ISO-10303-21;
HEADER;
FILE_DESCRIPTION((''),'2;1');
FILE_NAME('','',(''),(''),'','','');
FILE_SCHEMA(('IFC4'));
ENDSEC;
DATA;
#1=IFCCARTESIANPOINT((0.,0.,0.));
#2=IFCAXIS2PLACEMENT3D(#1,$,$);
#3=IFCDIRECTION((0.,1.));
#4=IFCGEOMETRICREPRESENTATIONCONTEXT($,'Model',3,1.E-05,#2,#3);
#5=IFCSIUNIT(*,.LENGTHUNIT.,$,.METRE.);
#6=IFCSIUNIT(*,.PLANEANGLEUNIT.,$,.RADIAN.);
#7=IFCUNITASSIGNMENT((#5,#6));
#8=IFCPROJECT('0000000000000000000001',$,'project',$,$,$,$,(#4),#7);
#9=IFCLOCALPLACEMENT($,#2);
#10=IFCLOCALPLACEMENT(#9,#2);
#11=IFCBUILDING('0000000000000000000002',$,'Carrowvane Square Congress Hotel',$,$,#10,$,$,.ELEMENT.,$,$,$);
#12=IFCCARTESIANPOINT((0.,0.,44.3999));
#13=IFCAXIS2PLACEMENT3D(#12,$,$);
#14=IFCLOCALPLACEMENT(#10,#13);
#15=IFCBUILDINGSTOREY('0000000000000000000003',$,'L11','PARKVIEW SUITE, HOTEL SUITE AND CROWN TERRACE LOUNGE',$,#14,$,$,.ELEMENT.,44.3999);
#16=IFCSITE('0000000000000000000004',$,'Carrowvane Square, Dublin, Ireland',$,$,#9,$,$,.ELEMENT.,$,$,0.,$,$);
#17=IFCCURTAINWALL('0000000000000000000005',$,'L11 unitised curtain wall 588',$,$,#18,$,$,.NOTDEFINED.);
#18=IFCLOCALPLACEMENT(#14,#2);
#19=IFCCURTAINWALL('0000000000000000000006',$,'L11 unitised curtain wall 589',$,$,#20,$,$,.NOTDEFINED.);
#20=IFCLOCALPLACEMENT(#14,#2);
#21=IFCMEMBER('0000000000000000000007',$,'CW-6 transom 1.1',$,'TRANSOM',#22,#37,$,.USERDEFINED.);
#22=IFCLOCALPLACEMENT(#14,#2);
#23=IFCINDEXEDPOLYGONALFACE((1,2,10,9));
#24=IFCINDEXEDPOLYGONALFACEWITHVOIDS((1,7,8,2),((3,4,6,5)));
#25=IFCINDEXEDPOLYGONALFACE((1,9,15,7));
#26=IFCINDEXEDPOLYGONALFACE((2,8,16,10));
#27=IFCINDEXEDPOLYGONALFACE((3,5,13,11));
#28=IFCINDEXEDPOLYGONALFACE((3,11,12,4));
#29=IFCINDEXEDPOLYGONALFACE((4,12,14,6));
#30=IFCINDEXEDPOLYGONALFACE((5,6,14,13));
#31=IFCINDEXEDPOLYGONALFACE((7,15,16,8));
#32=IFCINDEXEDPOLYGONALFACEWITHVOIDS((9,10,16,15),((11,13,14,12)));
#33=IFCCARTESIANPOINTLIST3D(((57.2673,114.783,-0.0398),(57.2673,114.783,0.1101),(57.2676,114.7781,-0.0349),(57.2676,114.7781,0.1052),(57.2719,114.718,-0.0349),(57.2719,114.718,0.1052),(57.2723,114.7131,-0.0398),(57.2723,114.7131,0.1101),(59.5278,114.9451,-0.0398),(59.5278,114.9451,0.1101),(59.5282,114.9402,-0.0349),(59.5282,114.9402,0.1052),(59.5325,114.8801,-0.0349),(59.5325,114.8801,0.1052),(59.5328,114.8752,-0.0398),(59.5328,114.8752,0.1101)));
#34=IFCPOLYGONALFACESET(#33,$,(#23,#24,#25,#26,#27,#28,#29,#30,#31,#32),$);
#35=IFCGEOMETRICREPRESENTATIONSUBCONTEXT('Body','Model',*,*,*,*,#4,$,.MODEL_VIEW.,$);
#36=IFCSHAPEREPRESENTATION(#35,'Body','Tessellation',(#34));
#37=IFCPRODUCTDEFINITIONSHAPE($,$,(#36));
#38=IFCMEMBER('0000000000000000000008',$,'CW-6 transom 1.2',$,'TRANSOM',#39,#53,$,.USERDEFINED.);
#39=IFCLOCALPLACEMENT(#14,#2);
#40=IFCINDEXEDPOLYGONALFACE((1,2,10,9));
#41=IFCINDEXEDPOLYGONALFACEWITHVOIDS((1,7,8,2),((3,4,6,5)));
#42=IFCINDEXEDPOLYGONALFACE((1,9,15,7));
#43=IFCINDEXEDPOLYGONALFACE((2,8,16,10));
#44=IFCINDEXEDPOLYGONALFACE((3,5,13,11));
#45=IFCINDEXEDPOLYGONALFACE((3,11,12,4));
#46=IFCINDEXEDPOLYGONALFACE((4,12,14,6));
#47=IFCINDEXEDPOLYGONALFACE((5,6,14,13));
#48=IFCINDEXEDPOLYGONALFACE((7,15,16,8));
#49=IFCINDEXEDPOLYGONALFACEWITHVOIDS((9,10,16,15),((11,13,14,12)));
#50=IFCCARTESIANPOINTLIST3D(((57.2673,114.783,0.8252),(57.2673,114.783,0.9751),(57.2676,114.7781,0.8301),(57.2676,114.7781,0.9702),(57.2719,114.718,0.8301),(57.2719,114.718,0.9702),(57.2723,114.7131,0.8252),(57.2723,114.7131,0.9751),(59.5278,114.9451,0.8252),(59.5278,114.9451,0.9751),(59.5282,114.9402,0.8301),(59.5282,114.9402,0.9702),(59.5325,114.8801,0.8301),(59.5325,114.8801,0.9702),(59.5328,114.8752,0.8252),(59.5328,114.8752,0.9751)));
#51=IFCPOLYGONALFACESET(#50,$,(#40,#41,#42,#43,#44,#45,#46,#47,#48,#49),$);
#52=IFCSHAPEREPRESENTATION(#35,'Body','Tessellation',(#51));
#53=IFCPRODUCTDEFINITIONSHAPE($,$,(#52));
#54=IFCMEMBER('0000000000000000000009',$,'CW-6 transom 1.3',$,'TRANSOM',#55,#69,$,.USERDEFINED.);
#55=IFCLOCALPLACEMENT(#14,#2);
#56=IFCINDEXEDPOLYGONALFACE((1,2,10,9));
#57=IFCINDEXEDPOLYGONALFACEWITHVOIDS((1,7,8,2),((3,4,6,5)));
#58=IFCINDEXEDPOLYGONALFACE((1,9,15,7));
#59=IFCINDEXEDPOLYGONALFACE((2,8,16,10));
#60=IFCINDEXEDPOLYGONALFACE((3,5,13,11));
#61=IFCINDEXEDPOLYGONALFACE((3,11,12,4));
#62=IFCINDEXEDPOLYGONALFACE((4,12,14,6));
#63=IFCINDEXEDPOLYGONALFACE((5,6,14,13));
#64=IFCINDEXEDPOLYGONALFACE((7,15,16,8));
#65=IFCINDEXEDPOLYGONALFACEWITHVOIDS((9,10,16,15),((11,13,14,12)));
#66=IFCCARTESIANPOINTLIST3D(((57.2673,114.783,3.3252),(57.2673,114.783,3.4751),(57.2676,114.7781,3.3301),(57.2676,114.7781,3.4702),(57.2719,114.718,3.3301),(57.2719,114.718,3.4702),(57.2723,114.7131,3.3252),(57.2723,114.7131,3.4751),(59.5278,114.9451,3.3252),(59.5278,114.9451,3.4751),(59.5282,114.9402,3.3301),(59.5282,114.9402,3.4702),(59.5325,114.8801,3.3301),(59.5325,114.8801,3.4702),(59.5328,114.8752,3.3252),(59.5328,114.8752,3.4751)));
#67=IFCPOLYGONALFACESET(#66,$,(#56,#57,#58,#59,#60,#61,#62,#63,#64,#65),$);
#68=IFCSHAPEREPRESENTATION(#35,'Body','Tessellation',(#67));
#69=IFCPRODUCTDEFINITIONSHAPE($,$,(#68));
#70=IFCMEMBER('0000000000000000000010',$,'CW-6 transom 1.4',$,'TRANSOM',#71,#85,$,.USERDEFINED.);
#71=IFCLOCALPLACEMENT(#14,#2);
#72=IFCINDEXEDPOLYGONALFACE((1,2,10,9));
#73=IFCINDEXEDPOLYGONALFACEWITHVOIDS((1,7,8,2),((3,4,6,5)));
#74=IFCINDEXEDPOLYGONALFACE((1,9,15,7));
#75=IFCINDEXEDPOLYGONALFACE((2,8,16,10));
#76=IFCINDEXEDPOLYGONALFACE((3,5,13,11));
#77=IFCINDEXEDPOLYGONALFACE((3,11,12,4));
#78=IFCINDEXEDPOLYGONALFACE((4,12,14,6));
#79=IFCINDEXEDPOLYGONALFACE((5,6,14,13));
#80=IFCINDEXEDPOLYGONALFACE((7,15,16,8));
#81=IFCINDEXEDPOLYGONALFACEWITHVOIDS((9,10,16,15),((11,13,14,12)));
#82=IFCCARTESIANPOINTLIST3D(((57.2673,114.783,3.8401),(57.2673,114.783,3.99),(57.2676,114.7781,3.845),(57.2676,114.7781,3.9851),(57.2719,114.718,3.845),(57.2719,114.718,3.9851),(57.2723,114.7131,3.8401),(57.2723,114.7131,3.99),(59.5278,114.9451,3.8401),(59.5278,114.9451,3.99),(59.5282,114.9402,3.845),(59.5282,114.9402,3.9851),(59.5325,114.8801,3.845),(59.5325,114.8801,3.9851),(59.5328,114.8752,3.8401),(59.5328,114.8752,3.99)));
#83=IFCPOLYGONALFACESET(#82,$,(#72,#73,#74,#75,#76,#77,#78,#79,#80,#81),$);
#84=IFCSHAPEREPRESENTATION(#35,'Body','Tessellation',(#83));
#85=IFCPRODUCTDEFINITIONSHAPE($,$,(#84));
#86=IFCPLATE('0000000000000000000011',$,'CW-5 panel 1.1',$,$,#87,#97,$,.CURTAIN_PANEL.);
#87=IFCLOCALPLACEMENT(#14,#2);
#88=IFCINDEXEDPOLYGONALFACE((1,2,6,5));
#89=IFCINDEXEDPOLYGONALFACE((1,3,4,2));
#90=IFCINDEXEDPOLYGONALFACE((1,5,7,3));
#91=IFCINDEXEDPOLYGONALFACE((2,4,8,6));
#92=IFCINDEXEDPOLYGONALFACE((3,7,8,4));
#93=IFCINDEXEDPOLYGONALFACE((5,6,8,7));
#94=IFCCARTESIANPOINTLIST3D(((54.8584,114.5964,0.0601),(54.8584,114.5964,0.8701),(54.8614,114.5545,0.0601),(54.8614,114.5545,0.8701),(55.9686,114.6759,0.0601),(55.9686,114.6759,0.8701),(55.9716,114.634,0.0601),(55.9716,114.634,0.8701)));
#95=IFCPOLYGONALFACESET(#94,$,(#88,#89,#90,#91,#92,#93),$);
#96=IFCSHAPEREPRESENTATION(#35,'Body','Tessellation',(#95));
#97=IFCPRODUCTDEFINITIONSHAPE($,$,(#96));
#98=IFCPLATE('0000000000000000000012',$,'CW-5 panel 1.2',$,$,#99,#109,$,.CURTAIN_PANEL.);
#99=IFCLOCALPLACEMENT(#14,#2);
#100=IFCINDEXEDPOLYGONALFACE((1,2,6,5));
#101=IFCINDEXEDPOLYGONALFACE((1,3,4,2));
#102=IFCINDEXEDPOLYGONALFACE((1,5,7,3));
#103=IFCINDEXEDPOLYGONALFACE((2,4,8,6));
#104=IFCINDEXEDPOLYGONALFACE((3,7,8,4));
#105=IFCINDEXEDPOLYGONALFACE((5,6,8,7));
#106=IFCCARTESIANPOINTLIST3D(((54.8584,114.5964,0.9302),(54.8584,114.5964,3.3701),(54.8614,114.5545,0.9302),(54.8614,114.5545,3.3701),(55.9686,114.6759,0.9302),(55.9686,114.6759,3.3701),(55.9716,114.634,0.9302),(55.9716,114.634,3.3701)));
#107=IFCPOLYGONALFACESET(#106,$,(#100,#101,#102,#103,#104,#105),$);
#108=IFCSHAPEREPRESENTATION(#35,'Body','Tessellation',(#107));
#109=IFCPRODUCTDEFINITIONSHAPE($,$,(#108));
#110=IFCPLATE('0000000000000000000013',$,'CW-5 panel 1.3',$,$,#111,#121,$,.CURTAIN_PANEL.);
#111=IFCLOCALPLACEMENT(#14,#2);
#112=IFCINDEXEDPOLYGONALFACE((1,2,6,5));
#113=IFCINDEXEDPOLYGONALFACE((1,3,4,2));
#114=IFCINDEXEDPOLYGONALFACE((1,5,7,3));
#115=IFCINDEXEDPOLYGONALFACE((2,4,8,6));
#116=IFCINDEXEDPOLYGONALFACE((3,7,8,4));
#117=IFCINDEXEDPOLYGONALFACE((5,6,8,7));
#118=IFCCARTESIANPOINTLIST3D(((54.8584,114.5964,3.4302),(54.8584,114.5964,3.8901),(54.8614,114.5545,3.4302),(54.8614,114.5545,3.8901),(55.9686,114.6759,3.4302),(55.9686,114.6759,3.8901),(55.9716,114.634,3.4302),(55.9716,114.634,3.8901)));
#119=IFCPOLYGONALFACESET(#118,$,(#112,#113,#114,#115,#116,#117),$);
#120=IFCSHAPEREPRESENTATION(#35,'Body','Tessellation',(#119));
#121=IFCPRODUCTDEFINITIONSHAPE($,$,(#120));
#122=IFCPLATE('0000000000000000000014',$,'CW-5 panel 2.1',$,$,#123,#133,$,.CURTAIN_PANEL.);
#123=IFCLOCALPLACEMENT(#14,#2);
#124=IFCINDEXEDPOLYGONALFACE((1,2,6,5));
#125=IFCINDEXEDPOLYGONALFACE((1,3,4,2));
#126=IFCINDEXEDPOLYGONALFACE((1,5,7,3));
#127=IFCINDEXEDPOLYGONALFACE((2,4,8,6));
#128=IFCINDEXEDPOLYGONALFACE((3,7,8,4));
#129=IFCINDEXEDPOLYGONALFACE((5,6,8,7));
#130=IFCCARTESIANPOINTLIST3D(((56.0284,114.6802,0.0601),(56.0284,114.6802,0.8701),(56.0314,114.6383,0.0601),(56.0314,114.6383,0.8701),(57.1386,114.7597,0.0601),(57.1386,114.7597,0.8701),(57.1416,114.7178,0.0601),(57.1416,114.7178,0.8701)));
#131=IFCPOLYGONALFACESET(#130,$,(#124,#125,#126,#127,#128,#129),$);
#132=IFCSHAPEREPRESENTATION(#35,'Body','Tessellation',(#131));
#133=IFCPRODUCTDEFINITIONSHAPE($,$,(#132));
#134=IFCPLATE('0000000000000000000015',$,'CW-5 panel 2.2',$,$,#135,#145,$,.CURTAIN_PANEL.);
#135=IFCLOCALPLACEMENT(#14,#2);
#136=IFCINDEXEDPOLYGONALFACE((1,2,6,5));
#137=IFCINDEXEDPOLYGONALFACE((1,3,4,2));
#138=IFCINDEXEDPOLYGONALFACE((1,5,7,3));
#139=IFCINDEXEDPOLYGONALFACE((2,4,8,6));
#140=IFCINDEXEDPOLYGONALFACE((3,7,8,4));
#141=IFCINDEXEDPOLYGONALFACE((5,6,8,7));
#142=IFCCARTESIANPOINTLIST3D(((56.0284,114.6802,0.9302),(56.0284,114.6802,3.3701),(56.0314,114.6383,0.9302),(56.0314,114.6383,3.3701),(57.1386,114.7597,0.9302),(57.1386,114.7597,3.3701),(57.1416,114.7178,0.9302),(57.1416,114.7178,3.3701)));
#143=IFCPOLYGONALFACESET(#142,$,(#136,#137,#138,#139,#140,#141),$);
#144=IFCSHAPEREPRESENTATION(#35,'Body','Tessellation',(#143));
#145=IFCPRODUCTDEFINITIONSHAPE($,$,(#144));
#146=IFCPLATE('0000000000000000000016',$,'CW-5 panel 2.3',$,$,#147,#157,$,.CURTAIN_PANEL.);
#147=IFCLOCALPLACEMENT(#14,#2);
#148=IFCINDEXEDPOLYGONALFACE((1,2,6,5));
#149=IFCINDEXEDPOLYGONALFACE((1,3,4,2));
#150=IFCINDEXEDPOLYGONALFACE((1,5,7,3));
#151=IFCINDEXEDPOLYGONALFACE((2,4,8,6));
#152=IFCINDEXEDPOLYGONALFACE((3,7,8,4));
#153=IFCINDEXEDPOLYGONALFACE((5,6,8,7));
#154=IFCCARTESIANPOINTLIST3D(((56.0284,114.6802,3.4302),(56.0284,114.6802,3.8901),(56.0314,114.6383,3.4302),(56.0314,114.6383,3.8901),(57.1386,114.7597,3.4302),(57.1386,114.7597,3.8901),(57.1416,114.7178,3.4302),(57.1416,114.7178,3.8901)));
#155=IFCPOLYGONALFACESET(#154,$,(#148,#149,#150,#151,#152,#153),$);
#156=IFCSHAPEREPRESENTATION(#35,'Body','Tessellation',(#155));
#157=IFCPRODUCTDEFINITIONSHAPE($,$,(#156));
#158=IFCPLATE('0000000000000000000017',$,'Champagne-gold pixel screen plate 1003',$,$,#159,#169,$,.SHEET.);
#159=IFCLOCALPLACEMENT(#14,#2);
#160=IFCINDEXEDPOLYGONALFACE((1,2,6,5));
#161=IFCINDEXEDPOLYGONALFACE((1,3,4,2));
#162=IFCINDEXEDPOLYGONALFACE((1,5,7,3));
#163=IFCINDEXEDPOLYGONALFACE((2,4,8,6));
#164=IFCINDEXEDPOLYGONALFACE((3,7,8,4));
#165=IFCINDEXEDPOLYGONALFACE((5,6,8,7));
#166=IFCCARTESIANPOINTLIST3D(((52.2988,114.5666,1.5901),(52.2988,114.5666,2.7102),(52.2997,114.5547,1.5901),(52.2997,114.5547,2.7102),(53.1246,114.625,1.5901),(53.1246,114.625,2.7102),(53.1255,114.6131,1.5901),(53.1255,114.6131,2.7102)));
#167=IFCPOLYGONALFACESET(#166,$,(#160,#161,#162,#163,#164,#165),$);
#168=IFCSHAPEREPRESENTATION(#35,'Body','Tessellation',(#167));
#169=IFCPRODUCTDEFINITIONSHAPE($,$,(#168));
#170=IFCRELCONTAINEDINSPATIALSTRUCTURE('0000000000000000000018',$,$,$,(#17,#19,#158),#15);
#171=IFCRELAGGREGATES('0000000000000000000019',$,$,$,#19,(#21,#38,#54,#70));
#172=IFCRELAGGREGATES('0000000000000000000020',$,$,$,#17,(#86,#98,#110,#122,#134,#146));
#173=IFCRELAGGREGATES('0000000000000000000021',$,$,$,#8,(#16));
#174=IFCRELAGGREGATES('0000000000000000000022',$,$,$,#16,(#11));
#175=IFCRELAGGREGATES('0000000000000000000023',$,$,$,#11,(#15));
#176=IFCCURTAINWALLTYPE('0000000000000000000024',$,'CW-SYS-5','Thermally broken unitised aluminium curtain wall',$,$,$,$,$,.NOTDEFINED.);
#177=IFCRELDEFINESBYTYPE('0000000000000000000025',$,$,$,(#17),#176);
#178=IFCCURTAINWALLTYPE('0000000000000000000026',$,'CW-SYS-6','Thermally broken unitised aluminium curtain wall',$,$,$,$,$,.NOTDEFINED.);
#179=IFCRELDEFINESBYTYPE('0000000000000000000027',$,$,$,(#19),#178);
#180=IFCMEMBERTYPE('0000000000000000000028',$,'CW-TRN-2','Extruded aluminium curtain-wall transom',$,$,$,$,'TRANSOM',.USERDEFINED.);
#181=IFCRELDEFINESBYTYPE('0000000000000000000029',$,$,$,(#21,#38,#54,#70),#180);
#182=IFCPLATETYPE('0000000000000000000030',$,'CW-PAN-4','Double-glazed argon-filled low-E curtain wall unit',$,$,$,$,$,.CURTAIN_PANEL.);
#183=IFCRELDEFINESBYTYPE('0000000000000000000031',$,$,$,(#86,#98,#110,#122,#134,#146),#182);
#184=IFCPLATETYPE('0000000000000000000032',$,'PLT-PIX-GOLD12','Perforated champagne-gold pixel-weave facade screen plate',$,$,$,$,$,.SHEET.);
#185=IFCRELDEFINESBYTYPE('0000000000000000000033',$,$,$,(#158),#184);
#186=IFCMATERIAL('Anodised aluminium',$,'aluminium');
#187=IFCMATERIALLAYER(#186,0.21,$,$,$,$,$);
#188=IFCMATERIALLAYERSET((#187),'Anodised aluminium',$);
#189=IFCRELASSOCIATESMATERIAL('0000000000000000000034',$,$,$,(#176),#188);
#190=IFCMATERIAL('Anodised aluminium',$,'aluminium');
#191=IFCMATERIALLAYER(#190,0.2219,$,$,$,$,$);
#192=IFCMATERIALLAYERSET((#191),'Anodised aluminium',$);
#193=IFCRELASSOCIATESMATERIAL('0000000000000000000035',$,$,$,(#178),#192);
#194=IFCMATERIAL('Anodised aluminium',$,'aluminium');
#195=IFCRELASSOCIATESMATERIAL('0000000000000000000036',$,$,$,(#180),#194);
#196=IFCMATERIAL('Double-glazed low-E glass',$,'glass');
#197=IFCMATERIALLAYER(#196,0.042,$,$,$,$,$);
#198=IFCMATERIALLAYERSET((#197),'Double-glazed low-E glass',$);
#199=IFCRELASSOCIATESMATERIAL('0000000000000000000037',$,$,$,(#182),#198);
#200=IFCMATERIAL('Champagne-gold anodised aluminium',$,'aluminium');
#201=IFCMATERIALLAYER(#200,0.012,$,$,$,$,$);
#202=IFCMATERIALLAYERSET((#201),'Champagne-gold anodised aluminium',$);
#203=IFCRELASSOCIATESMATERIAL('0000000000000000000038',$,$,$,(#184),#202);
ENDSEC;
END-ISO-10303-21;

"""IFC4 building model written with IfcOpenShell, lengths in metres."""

from ifc_helpers import new_model, si_unit, direction, frame, origin, origin_2d, place, context, subcontext, project, spatial, rectangle, hollow_rectangle, extrude, material, layer, layer_set, material_profile, profile_set, type_object, element, aggregate, save


model = new_model("IFC4")

# Units and contexts
model_context = context("Model", 3, precision=1e-05, world=origin(), true_north=direction((0.0, 1.0)))
body_context = subcontext(model_context, "Body", "Model", "MODEL_VIEW")
ifc_project = project(units=[si_unit("LENGTHUNIT", "METRE"), si_unit("PLANEANGLEUNIT", "RADIAN")], contexts=[model_context])

# Site, building, storey
site_placement = place(None, origin())
site = spatial("IfcSite", under=ifc_project, at=site_placement, Name="Carrowvane Square, Dublin, Ireland", CompositionType="ELEMENT", RefElevation=0.0)
building_placement = place(site_placement, origin())
building = spatial("IfcBuilding", under=site, at=building_placement, Name="Carrowvane Square Congress Hotel", CompositionType="ELEMENT")
storey_placement = place(building_placement, frame((0.0, 0.0, 44.3999)))
storey = spatial("IfcBuildingStorey", under=building, at=storey_placement, Name="L11", Description="PARKVIEW SUITE, HOTEL SUITE AND CROWN TERRACE LOUNGE", CompositionType="ELEMENT", Elevation=44.3999)

# Curtain wall
ifc_material_1 = material(Name="Anodised aluminium", Category="aluminium")
ifc_layer_1 = layer(ifc_material_1, 0.21)
ifc_layer_set_1 = layer_set([ifc_layer_1], Name="Anodised aluminium")
curtain_wall_type_1 = type_object("IfcCurtainWallType", Name="CW-SYS-5", Description="Thermally broken unitised aluminium curtain wall", PredefinedType="NOTDEFINED", material=ifc_layer_set_1)
curtain_wall_1_placement = place(storey_placement, origin())
curtain_wall_1 = element("IfcCurtainWall", 1, at=curtain_wall_1_placement, inside=storey, type_object=curtain_wall_type_1, Name="L11 unitised curtain wall 588", PredefinedType="NOTDEFINED")

# Curtain wall
ifc_material_2 = material(Name="Anodised aluminium", Category="aluminium")
ifc_layer_2 = layer(ifc_material_2, 0.2219)
ifc_layer_set_2 = layer_set([ifc_layer_2], Name="Anodised aluminium")
curtain_wall_type_2 = type_object("IfcCurtainWallType", Name="CW-SYS-6", Description="Thermally broken unitised aluminium curtain wall", PredefinedType="NOTDEFINED", material=ifc_layer_set_2)
curtain_wall_2_placement = place(storey_placement, origin())
curtain_wall_2 = element("IfcCurtainWall", 2, at=curtain_wall_2_placement, inside=storey, type_object=curtain_wall_type_2, Name="L11 unitised curtain wall 589", PredefinedType="NOTDEFINED")

# Members
ifc_material_3 = material(Name="Anodised aluminium", Category="aluminium")
ifc_material_profile_1 = material_profile(ifc_material_3, hollow_rectangle(XDim=0.0701, YDim=0.1499, WallThickness=0.0049, at=origin_2d()), Name="CW-TR 70x150x5")
ifc_profile_set_1 = profile_set([ifc_material_profile_1], Name="Anodised aluminium")
member_type_1 = type_object("IfcMemberType", Name="CW-TRN-2", Description="Extruded aluminium curtain-wall transom", ElementType="TRANSOM", PredefinedType="USERDEFINED", material=ifc_profile_set_1)
member_1_placement = place(storey_placement, frame((57.2698, 114.748, 0.0352), z_axis=(0.997438, 0.07153, 0.0), x_axis=(-0.07153, 0.997438, 0.0)))
member_1 = element("IfcMember", 3, at=member_1_placement, type_object=member_type_1, Name="CW-6 transom 1.1", ObjectType="TRANSOM", PredefinedType="USERDEFINED", context=body_context, shape_type="SweptSolid", body=[
    extrude(hollow_rectangle(XDim=0.0701, YDim=0.1499, WallThickness=0.0049, at=origin_2d()), origin(), (0.0, 0.0, 1.0), 2.2664),
])
member_2_placement = place(storey_placement, frame((57.2698, 114.748, 0.9001), z_axis=(0.997438, 0.07153, 0.0), x_axis=(-0.07153, 0.997438, 0.0)))
member_2 = element("IfcMember", 4, at=member_2_placement, type_object=member_type_1, Name="CW-6 transom 1.2", ObjectType="TRANSOM", PredefinedType="USERDEFINED", context=body_context, shape_type="SweptSolid", body=[
    extrude(hollow_rectangle(XDim=0.0701, YDim=0.1499, WallThickness=0.0049, at=origin_2d()), origin(), (0.0, 0.0, 1.0), 2.2664),
])
member_3_placement = place(storey_placement, frame((57.2698, 114.748, 3.4001), z_axis=(0.997438, 0.07153, 0.0), x_axis=(-0.07153, 0.997438, 0.0)))
member_3 = element("IfcMember", 5, at=member_3_placement, type_object=member_type_1, Name="CW-6 transom 1.3", ObjectType="TRANSOM", PredefinedType="USERDEFINED", context=body_context, shape_type="SweptSolid", body=[
    extrude(hollow_rectangle(XDim=0.0701, YDim=0.1499, WallThickness=0.0049, at=origin_2d()), origin(), (0.0, 0.0, 1.0), 2.2664),
])
member_4_placement = place(storey_placement, frame((57.2698, 114.748, 3.915), z_axis=(0.997438, 0.07153, 0.0), x_axis=(-0.07153, 0.997438, 0.0)))
member_4 = element("IfcMember", 6, at=member_4_placement, type_object=member_type_1, Name="CW-6 transom 1.4", ObjectType="TRANSOM", PredefinedType="USERDEFINED", context=body_context, shape_type="SweptSolid", body=[
    extrude(hollow_rectangle(XDim=0.0701, YDim=0.1499, WallThickness=0.0049, at=origin_2d()), origin(), (0.0, 0.0, 1.0), 2.2664),
])
aggregate(curtain_wall_2, [member_1, member_2, member_3, member_4])

# Plates
ifc_material_4 = material(Name="Double-glazed low-E glass", Category="glass")
ifc_layer_3 = layer(ifc_material_4, 0.042)
ifc_layer_set_3 = layer_set([ifc_layer_3], Name="Double-glazed low-E glass")
plate_type_1 = type_object("IfcPlateType", Name="CW-PAN-4", Description="Double-glazed argon-filled low-E curtain wall unit", PredefinedType="CURTAIN_PANEL", material=ifc_layer_set_3)
plate_1_placement = place(storey_placement, frame((55.415, 114.6152, 0.0601), z_axis=(0.0, 0.0, 1.0), x_axis=(0.997446, 0.071418, 0.0)))
plate_1 = element("IfcPlate", 7, at=plate_1_placement, type_object=plate_type_1, Name="CW-5 panel 1.1", PredefinedType="CURTAIN_PANEL", context=body_context, shape_type="SweptSolid", body=[
    extrude(rectangle(XDim=1.113, YDim=0.042, at=origin_2d()), origin(), (0.0, 0.0, 1.0), 0.8101),
])
plate_2_placement = place(storey_placement, frame((55.415, 114.6152, 0.9302), z_axis=(0.0, 0.0, 1.0), x_axis=(0.997446, 0.071418, 0.0)))
plate_2 = element("IfcPlate", 8, at=plate_2_placement, type_object=plate_type_1, Name="CW-5 panel 1.2", PredefinedType="CURTAIN_PANEL", context=body_context, shape_type="SweptSolid", body=[
    extrude(rectangle(XDim=1.113, YDim=0.042, at=origin_2d()), origin(), (0.0, 0.0, 1.0), 2.4399),
])
plate_3_placement = place(storey_placement, frame((55.415, 114.6152, 3.4302), z_axis=(0.0, 0.0, 1.0), x_axis=(0.997446, 0.071418, 0.0)))
plate_3 = element("IfcPlate", 9, at=plate_3_placement, type_object=plate_type_1, Name="CW-5 panel 1.3", PredefinedType="CURTAIN_PANEL", context=body_context, shape_type="SweptSolid", body=[
    extrude(rectangle(XDim=1.113, YDim=0.042, at=origin_2d()), origin(), (0.0, 0.0, 1.0), 0.46),
])
plate_4_placement = place(storey_placement, frame((56.585, 114.699, 0.0601), z_axis=(0.0, 0.0, 1.0), x_axis=(0.997446, 0.071418, 0.0)))
plate_4 = element("IfcPlate", 10, at=plate_4_placement, type_object=plate_type_1, Name="CW-5 panel 2.1", PredefinedType="CURTAIN_PANEL", context=body_context, shape_type="SweptSolid", body=[
    extrude(rectangle(XDim=1.113, YDim=0.042, at=origin_2d()), origin(), (0.0, 0.0, 1.0), 0.8101),
])
plate_5_placement = place(storey_placement, frame((56.585, 114.699, 0.9302), z_axis=(0.0, 0.0, 1.0), x_axis=(0.997446, 0.071418, 0.0)))
plate_5 = element("IfcPlate", 11, at=plate_5_placement, type_object=plate_type_1, Name="CW-5 panel 2.2", PredefinedType="CURTAIN_PANEL", context=body_context, shape_type="SweptSolid", body=[
    extrude(rectangle(XDim=1.113, YDim=0.042, at=origin_2d()), origin(), (0.0, 0.0, 1.0), 2.4399),
])
plate_6_placement = place(storey_placement, frame((56.585, 114.699, 3.4302), z_axis=(0.0, 0.0, 1.0), x_axis=(0.997446, 0.071418, 0.0)))
plate_6 = element("IfcPlate", 12, at=plate_6_placement, type_object=plate_type_1, Name="CW-5 panel 2.3", PredefinedType="CURTAIN_PANEL", context=body_context, shape_type="SweptSolid", body=[
    extrude(rectangle(XDim=1.113, YDim=0.042, at=origin_2d()), origin(), (0.0, 0.0, 1.0), 0.46),
])
aggregate(curtain_wall_1, [plate_1, plate_2, plate_3, plate_4, plate_5, plate_6])
ifc_material_5 = material(Name="Champagne-gold anodised aluminium", Category="aluminium")
ifc_layer_4 = layer(ifc_material_5, 0.012)
ifc_layer_set_4 = layer_set([ifc_layer_4], Name="Champagne-gold anodised aluminium")
plate_type_2 = type_object("IfcPlateType", Name="PLT-PIX-GOLD12", Description="Perforated champagne-gold pixel-weave facade screen plate", PredefinedType="SHEET", material=ifc_layer_set_4)
plate_7_placement = place(storey_placement, frame((52.7122, 114.5898, 1.5901), z_axis=(0.0, 0.0, 1.0), x_axis=(0.997506, 0.070585, 0.0)))
element("IfcPlate", 13, at=plate_7_placement, inside=storey, type_object=plate_type_2, Name="Champagne-gold pixel screen plate 1003", PredefinedType="SHEET", context=body_context, shape_type="SweptSolid", body=[
    extrude(rectangle(XDim=0.8279, YDim=0.012, at=origin_2d()), origin(), (0.0, 0.0, 1.0), 1.1201),
])

save(model, "model.ifc")
